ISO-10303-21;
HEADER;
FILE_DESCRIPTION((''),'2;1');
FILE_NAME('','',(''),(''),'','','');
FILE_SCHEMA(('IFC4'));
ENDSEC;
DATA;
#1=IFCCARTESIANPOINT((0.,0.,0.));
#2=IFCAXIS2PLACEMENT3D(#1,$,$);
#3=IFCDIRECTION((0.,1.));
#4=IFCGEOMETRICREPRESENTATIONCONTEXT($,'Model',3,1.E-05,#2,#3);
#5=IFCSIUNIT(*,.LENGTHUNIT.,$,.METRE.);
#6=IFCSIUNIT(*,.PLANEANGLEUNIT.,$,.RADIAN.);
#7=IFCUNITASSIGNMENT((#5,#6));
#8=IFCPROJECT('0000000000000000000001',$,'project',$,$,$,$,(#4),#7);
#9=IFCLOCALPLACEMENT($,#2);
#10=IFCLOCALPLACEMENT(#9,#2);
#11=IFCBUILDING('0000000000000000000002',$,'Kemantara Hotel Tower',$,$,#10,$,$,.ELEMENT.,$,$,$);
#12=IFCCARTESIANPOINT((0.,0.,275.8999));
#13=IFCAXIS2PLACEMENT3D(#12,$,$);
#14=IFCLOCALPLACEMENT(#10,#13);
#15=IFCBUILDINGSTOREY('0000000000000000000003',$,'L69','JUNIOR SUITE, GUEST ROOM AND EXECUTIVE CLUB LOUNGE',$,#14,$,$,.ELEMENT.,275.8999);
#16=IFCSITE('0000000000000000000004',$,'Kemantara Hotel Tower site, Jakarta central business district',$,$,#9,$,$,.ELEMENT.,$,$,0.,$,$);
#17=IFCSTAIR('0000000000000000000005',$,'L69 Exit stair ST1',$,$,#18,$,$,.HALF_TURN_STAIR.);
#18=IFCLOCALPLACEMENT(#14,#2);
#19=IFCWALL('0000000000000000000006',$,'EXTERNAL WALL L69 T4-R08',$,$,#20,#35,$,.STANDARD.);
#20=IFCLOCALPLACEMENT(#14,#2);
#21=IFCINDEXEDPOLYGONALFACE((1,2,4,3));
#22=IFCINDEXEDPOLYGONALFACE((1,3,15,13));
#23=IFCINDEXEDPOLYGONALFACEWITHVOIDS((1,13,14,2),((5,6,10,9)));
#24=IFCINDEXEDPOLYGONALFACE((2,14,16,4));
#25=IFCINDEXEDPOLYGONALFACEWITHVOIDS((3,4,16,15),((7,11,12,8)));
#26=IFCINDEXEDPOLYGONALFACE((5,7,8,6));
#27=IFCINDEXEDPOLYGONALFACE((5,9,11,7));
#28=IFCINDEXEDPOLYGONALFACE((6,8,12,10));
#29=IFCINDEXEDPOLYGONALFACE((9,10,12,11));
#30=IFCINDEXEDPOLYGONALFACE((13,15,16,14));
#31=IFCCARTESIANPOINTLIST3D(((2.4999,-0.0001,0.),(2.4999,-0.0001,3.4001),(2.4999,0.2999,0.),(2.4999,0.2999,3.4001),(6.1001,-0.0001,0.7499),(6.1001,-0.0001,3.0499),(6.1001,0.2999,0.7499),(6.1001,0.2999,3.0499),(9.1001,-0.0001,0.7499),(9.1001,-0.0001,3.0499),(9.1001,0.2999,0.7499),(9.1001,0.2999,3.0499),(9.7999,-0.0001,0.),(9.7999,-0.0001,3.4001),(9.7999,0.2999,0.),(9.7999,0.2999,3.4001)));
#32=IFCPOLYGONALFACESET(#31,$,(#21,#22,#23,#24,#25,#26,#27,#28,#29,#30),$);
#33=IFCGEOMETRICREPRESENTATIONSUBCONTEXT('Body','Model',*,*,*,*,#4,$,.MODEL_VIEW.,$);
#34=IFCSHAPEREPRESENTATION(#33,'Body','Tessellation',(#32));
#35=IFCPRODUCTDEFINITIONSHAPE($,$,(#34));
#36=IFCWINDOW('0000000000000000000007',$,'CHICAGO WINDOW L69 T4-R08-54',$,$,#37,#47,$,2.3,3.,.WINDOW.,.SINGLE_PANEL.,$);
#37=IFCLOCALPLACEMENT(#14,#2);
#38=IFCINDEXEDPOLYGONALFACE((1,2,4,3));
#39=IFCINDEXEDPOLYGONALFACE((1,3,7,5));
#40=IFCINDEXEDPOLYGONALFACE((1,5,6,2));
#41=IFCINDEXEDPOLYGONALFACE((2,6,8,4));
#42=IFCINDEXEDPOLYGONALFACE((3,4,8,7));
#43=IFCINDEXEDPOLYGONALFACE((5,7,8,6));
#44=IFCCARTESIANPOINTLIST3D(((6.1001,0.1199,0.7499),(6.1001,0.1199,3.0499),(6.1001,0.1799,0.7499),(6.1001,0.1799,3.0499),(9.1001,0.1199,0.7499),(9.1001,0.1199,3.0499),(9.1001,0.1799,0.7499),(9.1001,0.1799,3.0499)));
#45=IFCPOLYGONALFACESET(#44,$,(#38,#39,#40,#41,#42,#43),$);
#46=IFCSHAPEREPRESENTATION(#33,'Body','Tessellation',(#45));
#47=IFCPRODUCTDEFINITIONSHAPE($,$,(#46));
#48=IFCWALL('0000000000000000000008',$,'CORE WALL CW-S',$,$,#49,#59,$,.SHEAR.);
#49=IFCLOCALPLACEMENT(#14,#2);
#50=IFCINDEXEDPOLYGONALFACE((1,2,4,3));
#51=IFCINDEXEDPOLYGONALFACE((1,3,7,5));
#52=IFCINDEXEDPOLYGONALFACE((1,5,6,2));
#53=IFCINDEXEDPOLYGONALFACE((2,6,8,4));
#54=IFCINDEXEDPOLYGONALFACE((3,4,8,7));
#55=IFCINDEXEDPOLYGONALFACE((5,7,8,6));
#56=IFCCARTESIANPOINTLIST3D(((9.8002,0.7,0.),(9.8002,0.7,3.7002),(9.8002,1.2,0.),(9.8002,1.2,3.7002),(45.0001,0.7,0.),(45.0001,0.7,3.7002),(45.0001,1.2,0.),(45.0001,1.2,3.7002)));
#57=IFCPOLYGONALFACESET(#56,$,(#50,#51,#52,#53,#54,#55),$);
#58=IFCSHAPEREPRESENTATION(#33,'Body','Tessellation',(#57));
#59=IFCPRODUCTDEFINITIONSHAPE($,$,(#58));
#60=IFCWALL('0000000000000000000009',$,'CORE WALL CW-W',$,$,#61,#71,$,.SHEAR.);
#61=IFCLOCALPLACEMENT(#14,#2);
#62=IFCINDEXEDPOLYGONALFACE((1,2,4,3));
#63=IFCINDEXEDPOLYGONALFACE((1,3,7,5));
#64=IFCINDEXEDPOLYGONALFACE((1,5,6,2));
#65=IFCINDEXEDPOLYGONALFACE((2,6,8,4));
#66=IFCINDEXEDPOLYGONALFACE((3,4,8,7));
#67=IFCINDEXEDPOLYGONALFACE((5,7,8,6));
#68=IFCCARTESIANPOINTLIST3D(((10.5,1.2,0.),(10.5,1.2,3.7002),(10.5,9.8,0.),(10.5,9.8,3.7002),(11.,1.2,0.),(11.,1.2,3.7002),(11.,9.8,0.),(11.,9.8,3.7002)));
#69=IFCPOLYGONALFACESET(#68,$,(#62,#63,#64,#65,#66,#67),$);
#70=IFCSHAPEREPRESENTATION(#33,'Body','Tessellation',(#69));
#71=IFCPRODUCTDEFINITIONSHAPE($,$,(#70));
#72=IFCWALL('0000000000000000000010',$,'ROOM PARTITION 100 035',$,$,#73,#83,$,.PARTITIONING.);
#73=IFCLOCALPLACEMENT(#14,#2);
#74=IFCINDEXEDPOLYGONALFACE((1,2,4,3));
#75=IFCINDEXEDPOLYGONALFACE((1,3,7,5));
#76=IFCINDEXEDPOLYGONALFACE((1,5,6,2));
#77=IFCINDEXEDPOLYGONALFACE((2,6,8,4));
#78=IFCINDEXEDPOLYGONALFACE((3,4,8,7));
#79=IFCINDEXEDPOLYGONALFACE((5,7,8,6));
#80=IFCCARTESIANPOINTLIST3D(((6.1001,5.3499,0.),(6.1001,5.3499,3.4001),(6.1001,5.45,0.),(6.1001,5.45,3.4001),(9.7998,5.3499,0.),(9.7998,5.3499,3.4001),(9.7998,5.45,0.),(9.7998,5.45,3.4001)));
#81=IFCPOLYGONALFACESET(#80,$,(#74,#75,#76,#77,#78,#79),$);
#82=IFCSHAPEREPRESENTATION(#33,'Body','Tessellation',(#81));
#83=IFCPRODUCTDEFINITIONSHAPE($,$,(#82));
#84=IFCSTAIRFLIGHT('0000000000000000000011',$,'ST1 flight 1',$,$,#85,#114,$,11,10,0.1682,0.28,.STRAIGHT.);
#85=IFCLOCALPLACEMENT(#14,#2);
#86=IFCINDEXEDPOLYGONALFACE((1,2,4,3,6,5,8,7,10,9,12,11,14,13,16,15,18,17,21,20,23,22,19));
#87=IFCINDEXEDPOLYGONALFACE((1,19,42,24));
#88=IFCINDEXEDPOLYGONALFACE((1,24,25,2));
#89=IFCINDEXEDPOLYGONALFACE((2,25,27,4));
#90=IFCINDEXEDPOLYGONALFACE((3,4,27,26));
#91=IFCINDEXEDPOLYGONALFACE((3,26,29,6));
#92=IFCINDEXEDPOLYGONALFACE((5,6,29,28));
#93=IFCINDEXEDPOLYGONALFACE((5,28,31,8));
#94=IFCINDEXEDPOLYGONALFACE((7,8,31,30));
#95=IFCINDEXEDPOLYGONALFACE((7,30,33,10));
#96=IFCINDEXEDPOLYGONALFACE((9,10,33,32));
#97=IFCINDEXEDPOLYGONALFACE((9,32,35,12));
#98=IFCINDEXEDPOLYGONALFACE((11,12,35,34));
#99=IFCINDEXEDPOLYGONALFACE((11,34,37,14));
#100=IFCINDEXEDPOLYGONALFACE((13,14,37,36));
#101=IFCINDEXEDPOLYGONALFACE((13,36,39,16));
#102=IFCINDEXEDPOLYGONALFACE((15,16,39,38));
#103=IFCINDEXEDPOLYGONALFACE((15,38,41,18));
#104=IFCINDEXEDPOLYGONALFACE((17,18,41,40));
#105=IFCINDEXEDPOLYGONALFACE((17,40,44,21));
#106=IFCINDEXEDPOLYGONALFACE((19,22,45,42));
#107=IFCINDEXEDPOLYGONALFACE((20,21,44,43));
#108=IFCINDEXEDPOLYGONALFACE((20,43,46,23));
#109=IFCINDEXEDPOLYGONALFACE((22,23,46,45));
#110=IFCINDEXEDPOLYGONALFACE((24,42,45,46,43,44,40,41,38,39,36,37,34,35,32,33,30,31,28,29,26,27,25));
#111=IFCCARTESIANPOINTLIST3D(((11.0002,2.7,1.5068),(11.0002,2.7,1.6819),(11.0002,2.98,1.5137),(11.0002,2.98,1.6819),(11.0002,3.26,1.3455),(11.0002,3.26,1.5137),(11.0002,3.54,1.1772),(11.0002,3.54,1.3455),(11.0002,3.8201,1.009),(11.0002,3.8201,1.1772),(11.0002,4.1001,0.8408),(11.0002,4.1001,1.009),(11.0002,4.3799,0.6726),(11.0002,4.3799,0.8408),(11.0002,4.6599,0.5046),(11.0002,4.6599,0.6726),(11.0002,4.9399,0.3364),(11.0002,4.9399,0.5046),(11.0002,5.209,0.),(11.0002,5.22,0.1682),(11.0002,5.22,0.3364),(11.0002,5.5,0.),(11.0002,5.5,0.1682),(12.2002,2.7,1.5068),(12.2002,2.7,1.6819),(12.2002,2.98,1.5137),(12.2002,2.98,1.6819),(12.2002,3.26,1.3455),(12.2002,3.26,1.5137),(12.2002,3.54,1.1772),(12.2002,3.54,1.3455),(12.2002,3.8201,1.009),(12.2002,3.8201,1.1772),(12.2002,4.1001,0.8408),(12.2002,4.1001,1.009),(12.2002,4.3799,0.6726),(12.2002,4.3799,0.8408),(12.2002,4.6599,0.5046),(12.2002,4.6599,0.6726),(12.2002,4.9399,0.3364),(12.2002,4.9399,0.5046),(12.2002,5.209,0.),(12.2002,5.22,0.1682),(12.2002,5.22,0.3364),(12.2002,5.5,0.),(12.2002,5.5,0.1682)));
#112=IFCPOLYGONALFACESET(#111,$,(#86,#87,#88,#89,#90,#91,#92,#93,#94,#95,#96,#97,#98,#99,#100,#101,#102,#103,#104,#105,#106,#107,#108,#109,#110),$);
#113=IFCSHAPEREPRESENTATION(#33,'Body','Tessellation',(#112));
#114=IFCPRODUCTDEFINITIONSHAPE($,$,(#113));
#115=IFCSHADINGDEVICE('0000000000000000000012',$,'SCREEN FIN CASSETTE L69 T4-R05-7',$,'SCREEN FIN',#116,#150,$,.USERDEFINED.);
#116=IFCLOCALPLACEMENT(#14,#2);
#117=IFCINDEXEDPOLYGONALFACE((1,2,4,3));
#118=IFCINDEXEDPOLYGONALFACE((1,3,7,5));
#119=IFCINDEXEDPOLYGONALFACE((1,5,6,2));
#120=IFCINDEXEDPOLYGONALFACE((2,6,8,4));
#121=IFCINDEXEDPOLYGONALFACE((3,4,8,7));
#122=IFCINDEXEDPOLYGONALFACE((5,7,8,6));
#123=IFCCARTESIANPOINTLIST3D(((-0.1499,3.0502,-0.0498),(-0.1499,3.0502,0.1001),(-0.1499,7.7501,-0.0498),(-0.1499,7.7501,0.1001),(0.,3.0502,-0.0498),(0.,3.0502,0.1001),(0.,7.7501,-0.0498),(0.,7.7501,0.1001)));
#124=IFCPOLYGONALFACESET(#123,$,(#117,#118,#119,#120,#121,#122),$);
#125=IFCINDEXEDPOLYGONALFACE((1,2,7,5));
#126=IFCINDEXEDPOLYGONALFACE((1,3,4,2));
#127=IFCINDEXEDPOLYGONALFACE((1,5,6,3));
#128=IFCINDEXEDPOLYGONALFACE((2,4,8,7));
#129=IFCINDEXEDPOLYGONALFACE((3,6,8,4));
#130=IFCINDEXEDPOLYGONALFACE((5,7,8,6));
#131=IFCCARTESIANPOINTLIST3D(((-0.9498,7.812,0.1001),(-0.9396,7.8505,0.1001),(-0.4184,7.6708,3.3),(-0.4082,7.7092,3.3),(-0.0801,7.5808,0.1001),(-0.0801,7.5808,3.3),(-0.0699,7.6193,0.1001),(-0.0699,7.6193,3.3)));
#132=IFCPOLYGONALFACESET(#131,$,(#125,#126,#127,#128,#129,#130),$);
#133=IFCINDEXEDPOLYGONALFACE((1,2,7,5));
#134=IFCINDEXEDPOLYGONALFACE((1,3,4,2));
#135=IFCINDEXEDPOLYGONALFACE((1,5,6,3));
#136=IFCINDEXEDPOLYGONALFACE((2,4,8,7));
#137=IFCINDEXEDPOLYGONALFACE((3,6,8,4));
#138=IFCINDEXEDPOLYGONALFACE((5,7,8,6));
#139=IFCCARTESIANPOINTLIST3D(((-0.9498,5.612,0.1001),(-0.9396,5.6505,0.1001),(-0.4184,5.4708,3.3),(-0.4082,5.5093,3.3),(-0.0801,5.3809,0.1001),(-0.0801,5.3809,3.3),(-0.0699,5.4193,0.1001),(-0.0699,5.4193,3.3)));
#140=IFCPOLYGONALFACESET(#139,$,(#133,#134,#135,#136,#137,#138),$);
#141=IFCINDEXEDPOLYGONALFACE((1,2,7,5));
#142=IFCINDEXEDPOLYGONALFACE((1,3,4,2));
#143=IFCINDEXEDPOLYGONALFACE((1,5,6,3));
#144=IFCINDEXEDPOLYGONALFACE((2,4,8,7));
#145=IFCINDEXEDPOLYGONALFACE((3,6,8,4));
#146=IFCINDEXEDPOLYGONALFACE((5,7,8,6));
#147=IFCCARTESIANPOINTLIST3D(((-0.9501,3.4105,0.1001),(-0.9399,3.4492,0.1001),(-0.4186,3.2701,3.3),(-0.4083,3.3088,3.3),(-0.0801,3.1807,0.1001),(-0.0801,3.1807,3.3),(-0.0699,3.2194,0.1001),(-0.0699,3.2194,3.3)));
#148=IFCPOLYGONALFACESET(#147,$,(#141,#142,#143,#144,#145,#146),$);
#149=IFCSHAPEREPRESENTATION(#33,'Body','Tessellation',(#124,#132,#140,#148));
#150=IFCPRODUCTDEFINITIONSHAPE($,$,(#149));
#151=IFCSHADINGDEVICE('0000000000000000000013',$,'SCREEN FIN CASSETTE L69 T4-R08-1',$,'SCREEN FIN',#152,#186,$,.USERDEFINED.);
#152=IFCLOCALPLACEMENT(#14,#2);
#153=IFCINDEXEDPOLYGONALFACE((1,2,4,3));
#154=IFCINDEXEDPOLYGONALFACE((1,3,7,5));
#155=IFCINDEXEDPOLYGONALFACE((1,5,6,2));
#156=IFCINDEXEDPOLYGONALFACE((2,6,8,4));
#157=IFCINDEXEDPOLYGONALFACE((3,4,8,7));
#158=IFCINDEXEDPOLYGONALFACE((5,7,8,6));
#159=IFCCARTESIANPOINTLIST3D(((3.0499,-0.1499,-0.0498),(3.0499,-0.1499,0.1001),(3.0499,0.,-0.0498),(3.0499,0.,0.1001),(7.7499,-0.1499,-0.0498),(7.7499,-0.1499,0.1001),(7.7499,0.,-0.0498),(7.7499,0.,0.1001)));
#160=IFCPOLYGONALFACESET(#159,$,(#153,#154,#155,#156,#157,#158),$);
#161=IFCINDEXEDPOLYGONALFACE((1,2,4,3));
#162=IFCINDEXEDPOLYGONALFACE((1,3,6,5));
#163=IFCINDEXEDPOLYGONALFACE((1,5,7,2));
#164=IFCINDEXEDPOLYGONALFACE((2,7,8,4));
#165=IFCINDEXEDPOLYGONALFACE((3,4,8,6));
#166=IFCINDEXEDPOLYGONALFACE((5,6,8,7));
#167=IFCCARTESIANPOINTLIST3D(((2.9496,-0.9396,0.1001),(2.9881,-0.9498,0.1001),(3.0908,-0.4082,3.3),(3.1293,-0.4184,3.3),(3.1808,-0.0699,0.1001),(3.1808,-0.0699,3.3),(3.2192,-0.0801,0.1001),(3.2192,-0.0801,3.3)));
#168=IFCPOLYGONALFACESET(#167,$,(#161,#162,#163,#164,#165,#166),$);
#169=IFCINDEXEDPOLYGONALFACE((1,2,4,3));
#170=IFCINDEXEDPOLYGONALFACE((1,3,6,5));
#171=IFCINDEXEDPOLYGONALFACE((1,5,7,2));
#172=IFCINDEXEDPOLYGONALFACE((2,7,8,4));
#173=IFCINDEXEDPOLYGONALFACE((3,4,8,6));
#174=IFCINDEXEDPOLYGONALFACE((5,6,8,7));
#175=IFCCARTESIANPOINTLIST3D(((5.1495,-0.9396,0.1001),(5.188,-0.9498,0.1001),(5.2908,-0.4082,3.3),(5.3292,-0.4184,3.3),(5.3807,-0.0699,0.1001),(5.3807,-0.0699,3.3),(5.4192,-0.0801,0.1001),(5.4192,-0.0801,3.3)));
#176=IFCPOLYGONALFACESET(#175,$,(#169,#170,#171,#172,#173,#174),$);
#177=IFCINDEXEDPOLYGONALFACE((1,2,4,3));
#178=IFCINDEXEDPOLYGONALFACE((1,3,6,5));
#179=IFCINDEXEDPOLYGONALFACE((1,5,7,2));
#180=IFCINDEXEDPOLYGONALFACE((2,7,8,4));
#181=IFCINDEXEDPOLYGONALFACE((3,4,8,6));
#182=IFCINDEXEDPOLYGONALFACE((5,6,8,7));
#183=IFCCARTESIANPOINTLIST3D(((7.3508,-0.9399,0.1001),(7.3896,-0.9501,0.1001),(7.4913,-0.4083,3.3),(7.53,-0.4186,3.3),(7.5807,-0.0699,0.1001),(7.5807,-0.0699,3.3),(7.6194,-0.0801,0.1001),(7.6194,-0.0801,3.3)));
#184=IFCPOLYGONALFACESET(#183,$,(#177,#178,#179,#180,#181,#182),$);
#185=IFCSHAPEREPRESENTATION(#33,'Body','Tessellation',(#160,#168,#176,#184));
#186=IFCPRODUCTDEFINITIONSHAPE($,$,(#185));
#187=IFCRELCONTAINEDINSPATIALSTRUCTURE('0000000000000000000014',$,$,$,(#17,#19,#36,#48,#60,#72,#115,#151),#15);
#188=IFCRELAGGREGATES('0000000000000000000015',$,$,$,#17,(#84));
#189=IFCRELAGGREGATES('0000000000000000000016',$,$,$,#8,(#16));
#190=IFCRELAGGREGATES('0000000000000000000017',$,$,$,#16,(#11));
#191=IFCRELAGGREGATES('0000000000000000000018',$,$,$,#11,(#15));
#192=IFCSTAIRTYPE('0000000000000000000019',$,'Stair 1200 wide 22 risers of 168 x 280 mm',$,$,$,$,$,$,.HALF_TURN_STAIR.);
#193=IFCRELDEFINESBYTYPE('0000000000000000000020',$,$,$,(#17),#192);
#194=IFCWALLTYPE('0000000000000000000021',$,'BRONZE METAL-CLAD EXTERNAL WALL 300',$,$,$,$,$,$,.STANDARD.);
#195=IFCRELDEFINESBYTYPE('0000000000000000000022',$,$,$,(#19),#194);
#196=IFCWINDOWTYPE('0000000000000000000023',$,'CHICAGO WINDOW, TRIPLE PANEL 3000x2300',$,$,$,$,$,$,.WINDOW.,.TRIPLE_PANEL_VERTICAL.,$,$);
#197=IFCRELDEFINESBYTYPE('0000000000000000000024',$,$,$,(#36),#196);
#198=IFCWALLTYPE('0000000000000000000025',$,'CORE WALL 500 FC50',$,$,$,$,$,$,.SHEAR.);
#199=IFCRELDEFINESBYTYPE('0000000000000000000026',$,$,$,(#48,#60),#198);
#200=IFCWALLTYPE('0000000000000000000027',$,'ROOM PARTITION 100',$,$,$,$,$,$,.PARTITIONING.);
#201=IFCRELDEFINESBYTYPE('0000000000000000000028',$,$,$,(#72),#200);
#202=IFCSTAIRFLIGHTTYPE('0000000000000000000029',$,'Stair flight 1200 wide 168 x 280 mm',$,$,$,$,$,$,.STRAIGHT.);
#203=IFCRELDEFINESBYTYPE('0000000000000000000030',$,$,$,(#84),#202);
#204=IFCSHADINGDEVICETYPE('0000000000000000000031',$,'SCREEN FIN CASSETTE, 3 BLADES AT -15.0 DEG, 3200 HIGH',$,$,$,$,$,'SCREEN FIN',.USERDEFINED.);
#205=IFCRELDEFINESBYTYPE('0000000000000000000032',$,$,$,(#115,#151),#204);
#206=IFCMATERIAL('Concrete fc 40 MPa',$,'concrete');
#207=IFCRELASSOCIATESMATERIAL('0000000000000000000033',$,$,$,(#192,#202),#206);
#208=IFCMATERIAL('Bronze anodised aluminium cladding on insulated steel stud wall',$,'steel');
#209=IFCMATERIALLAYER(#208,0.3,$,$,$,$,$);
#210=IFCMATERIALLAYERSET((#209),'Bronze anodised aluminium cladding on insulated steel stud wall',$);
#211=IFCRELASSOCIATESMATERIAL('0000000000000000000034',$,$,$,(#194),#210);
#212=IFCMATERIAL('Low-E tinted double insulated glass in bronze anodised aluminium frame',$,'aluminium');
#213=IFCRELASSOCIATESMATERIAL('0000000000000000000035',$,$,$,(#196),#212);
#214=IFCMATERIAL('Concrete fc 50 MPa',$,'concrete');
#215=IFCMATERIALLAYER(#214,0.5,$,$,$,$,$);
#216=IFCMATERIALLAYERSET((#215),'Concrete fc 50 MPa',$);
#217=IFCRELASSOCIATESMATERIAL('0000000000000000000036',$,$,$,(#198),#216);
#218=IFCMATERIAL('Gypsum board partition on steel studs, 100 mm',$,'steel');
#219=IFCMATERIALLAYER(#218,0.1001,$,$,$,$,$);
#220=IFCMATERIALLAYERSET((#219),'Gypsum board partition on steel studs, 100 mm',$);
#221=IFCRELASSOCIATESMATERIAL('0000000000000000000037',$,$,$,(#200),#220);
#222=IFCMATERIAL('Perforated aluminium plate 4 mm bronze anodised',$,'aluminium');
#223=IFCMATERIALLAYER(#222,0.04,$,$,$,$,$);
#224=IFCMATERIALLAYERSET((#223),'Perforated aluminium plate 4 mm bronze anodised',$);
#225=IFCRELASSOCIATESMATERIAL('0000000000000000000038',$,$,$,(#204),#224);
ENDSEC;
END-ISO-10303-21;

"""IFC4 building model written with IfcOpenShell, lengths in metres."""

from ifc_helpers import new_model, si_unit, direction, frame, frame_2d, origin, origin_2d, place, context, subcontext, project, spatial, polyline, rectangle, outline, extrude, source, transform, mapped, material, layer, layer_set, type_object, element, fill, aggregate, save


model = new_model("IFC4")

# Units and contexts
model_context = context("Model", 3, precision=1e-05, world=origin(), true_north=direction((0.0, 1.0)))
body_context = subcontext(model_context, "Body", "Model", "MODEL_VIEW")
ifc_project = project(units=[si_unit("LENGTHUNIT", "METRE"), si_unit("PLANEANGLEUNIT", "RADIAN")], contexts=[model_context])

# Site, building, storey
site_placement = place(None, origin())
site = spatial("IfcSite", under=ifc_project, at=site_placement, Name="Kemantara Hotel Tower site, Jakarta central business district", CompositionType="ELEMENT", RefElevation=0.0)
building_placement = place(site_placement, origin())
building = spatial("IfcBuilding", under=site, at=building_placement, Name="Kemantara Hotel Tower", CompositionType="ELEMENT")
storey_placement = place(building_placement, frame((0.0, 0.0, 275.8999)))
storey = spatial("IfcBuildingStorey", under=building, at=storey_placement, Name="L69", Description="JUNIOR SUITE, GUEST ROOM AND EXECUTIVE CLUB LOUNGE", CompositionType="ELEMENT", Elevation=275.8999)

# Shared definitions
ifc_material_1 = material(Name="Concrete fc 50 MPa", Category="concrete")

# Shared definitions
ifc_material_2 = material(Name="Concrete fc 40 MPa", Category="concrete")

# Stair
stair_type_1 = type_object("IfcStairType", Name="Stair 1200 wide 22 risers of 168 x 280 mm", PredefinedType="HALF_TURN_STAIR", material=ifc_material_2)
stair_1_placement = place(storey_placement, origin())
stair_1 = element("IfcStair", 1, at=stair_1_placement, inside=storey, type_object=stair_type_1, Name="L69 Exit stair ST1", PredefinedType="HALF_TURN_STAIR")

# Shared definitions
ifc_material_3 = material(Name="Bronze anodised aluminium cladding on insulated steel stud wall", Category="steel")
ifc_layer_1 = layer(ifc_material_3, 0.3)
ifc_layer_set_1 = layer_set([ifc_layer_1], Name="Bronze anodised aluminium cladding on insulated steel stud wall")
wall_type_1 = type_object("IfcWallType", Name="BRONZE METAL-CLAD EXTERNAL WALL 300", PredefinedType="STANDARD", material=ifc_layer_set_1)

# Wall, opening, window
wall_1_placement = place(storey_placement, frame((2.5, 0.1499, 0.0), z_axis=(0.0, 0.0, 1.0), x_axis=(1.0, 0.0, 0.0)))
wall_1 = element("IfcWall", 2, at=wall_1_placement, inside=storey, type_object=wall_type_1, Name="EXTERNAL WALL L69 T4-R08", PredefinedType="STANDARD", context=body_context, shape_type="SweptSolid", body=[
    extrude(rectangle(XDim=7.3, YDim=0.3, at=frame_2d((3.6499, 0.0))), origin(), (0.0, 0.0, 1.0), 3.4001),
])
opening_placement = place(wall_1_placement, frame((3.6001, 0.0, 0.75)))
opening = element("IfcOpeningElement", 3, at=opening_placement, cuts=wall_1, PredefinedType="OPENING", context=body_context, shape_type="SweptSolid", body=[
    extrude(rectangle(XDim=3.0, YDim=2.3, at=frame_2d((1.5, 1.1499))), frame((0.0, 0.1599, 0.0), z_axis=(0.0, -1.0, 0.0), x_axis=(1.0, 0.0, 0.0)), (0.0, 0.0, 1.0), 0.3201),
])
ifc_material_4 = material(Name="Low-E tinted double insulated glass in bronze anodised aluminium frame", Category="aluminium")
window_type = type_object("IfcWindowType", Name="CHICAGO WINDOW, TRIPLE PANEL 3000x2300", PartitioningType="TRIPLE_PANEL_VERTICAL", PredefinedType="WINDOW", material=ifc_material_4)
window_placement = place(opening_placement, origin())
window = element("IfcWindow", 4, at=window_placement, inside=storey, type_object=window_type, Name="CHICAGO WINDOW L69 T4-R08-54", OverallHeight=2.3, OverallWidth=3.0, PartitioningType="SINGLE_PANEL", PredefinedType="WINDOW", context=body_context, shape_type="SweptSolid", body=[
    extrude(rectangle(XDim=3.0, YDim=2.3, at=frame_2d((1.5, 1.1499))), frame((0.0, 0.03, 0.0), z_axis=(0.0, -1.0, 0.0), x_axis=(1.0, 0.0, 0.0)), (0.0, 0.0, 1.0), 0.0601),
])
fill(opening, window)

# Walls
ifc_layer_2 = layer(ifc_material_1, 0.5)
ifc_layer_set_2 = layer_set([ifc_layer_2], Name="Concrete fc 50 MPa")
wall_type_2 = type_object("IfcWallType", Name="CORE WALL 500 FC50", PredefinedType="SHEAR", material=ifc_layer_set_2)
wall_2_placement = place(storey_placement, frame((9.8, 0.95, 0.0), z_axis=(0.0, 0.0, 1.0), x_axis=(1.0, 0.0, 0.0)))
element("IfcWall", 5, at=wall_2_placement, inside=storey, type_object=wall_type_2, Name="CORE WALL CW-S", PredefinedType="SHEAR", context=body_context, shape_type="SweptSolid", body=[
    extrude(rectangle(XDim=35.2, YDim=0.5, at=frame_2d((17.6001, 0.0))), origin(), (0.0, 0.0, 1.0), 3.7002),
])
wall_3_placement = place(storey_placement, frame((10.75, 1.2, 0.0), z_axis=(0.0, 0.0, 1.0), x_axis=(0.0, 1.0, 0.0)))
element("IfcWall", 6, at=wall_3_placement, inside=storey, type_object=wall_type_2, Name="CORE WALL CW-W", PredefinedType="SHEAR", context=body_context, shape_type="SweptSolid", body=[
    extrude(rectangle(XDim=8.6001, YDim=0.5, at=frame_2d((4.3, 0.0))), origin(), (0.0, 0.0, 1.0), 3.7002),
])
ifc_material_5 = material(Name="Gypsum board partition on steel studs, 100 mm", Category="steel")
ifc_layer_3 = layer(ifc_material_5, 0.1001)
ifc_layer_set_3 = layer_set([ifc_layer_3], Name="Gypsum board partition on steel studs, 100 mm")
wall_type_3 = type_object("IfcWallType", Name="ROOM PARTITION 100", PredefinedType="PARTITIONING", material=ifc_layer_set_3)
wall_4_placement = place(storey_placement, frame((6.1001, 5.3999, 0.0), z_axis=(0.0, 0.0, 1.0), x_axis=(1.0, 0.0, 0.0)))
element("IfcWall", 7, at=wall_4_placement, inside=storey, type_object=wall_type_3, Name="ROOM PARTITION 100 035", PredefinedType="PARTITIONING", context=body_context, shape_type="SweptSolid", body=[
    extrude(rectangle(XDim=3.6997, YDim=0.1001, at=frame_2d((1.8499, 0.0))), origin(), (0.0, 0.0, 1.0), 3.4001),
])

# Stair flight
stair_flight_type = type_object("IfcStairFlightType", Name="Stair flight 1200 wide 168 x 280 mm", PredefinedType="STRAIGHT", material=ifc_material_2)
stair_flight_placement = place(storey_placement, frame((11.6001, 5.5, 0.0), z_axis=(0.0, 0.0, 1.0), x_axis=(0.0, -1.0, 0.0)))
stair_flight = element("IfcStairFlight", 8, at=stair_flight_placement, type_object=stair_flight_type, Name="ST1 flight 1", NumberOfRisers=11, NumberOfTreads=10, PredefinedType="STRAIGHT", RiserHeight=0.1682, TreadLength=0.28, context=body_context, shape_type="SweptSolid", body=[
    extrude(outline(polyline([(0.0, 0.0), (0.0, 0.1682), (0.28, 0.1682), (0.28, 0.3364), (0.5601, 0.3364), (0.5601, 0.5046), (0.8401, 0.5046), (0.8401, 0.6726), (1.1201, 0.6726), (1.1201, 0.8408), (1.3999, 0.8408), (1.3999, 1.009), (1.6799, 1.009), (1.6799, 1.1772), (1.96, 1.1772), (1.96, 1.3455), (2.24, 1.3455), (2.24, 1.5137), (2.52, 1.5137), (2.52, 1.6819), (2.8, 1.6819), (2.8, 1.8501), (2.8, 1.5068), (0.291, 0.0), (0.0, 0.0)])), frame((0.0, 0.6001, 0.0), z_axis=(0.0, -1.0, 0.0), x_axis=(1.0, 0.0, 0.0)), (0.0, 0.0, 1.0), 1.2),
])
aggregate(stair_1, [stair_flight])

# Shading devices
ifc_material_6 = material(Name="Perforated aluminium plate 4 mm bronze anodised", Category="aluminium")
ifc_layer_4 = layer(ifc_material_6, 0.04)
ifc_layer_set_4 = layer_set([ifc_layer_4], Name="Perforated aluminium plate 4 mm bronze anodised")
shading_device_type_1 = type_object("IfcShadingDeviceType", Name="SCREEN FIN CASSETTE, 3 BLADES AT -15.0 DEG, 3200 HIGH", ElementType="SCREEN FIN", PredefinedType="USERDEFINED", material=ifc_layer_set_4)
shared_shape_1 = source(origin(), body_context, "Body", "SweptSolid", [
    extrude(rectangle(XDim=4.7, YDim=0.1499, at=origin_2d()), frame((2.2, -0.075, -0.1499), z_axis=(0.0, 0.0, 1.0), x_axis=(1.0, 0.0, 0.0)), (0.0, 0.0, 1.0), 0.1499),
    extrude(outline(polyline([(0.0, 0.0), (0.8999, 0.0), (0.3501, 3.2), (0.0, 3.2), (0.0, 0.0)])), frame((0.0193, -0.0801, 0.0), z_axis=(-0.966438, 0.256901, 0.0), x_axis=(-0.256901, -0.966438, 0.0)), (0.0, 0.0, 1.0), 0.0398),
    extrude(outline(polyline([(0.0, 0.0), (0.8999, 0.0), (0.3501, 3.2), (0.0, 3.2), (0.0, 0.0)])), frame((2.2192, -0.0801, 0.0), z_axis=(-0.966438, 0.256901, 0.0), x_axis=(-0.256901, -0.966438, 0.0)), (0.0, 0.0, 1.0), 0.0398),
    extrude(outline(polyline([(0.0, 0.0), (0.8999, 0.0), (0.3501, 3.2), (0.0, 3.2), (0.0, 0.0)])), frame((4.4194, -0.0801, 0.0), z_axis=(-0.966838, 0.255391, 0.0), x_axis=(-0.255391, -0.966838, 0.0)), (0.0, 0.0, 1.0), 0.04),
])
for number, where, z_axis, x_axis, name in (
    (9, (0.0, 7.6001, 0.1001), (0.0, 0.0, 1.0), (0.0, -1.0, 0.0), "SCREEN FIN CASSETTE L69 T4-R05-7"),
    (10, (3.2, 0.0, 0.1001), (0.0, 0.0, 1.0), (1.0, 0.0, 0.0), "SCREEN FIN CASSETTE L69 T4-R08-1"),
):
    element("IfcShadingDevice", number, at=place(storey_placement, frame(where, z_axis=z_axis, x_axis=x_axis)), inside=storey, type_object=shading_device_type_1, Name=name, ObjectType="SCREEN FIN", PredefinedType="USERDEFINED", context=body_context, shape_type="MappedRepresentation", body=[
        mapped(shared_shape_1, transform((0.0, 0.0, 0.0))),
    ])

save(model, "model.ifc")
